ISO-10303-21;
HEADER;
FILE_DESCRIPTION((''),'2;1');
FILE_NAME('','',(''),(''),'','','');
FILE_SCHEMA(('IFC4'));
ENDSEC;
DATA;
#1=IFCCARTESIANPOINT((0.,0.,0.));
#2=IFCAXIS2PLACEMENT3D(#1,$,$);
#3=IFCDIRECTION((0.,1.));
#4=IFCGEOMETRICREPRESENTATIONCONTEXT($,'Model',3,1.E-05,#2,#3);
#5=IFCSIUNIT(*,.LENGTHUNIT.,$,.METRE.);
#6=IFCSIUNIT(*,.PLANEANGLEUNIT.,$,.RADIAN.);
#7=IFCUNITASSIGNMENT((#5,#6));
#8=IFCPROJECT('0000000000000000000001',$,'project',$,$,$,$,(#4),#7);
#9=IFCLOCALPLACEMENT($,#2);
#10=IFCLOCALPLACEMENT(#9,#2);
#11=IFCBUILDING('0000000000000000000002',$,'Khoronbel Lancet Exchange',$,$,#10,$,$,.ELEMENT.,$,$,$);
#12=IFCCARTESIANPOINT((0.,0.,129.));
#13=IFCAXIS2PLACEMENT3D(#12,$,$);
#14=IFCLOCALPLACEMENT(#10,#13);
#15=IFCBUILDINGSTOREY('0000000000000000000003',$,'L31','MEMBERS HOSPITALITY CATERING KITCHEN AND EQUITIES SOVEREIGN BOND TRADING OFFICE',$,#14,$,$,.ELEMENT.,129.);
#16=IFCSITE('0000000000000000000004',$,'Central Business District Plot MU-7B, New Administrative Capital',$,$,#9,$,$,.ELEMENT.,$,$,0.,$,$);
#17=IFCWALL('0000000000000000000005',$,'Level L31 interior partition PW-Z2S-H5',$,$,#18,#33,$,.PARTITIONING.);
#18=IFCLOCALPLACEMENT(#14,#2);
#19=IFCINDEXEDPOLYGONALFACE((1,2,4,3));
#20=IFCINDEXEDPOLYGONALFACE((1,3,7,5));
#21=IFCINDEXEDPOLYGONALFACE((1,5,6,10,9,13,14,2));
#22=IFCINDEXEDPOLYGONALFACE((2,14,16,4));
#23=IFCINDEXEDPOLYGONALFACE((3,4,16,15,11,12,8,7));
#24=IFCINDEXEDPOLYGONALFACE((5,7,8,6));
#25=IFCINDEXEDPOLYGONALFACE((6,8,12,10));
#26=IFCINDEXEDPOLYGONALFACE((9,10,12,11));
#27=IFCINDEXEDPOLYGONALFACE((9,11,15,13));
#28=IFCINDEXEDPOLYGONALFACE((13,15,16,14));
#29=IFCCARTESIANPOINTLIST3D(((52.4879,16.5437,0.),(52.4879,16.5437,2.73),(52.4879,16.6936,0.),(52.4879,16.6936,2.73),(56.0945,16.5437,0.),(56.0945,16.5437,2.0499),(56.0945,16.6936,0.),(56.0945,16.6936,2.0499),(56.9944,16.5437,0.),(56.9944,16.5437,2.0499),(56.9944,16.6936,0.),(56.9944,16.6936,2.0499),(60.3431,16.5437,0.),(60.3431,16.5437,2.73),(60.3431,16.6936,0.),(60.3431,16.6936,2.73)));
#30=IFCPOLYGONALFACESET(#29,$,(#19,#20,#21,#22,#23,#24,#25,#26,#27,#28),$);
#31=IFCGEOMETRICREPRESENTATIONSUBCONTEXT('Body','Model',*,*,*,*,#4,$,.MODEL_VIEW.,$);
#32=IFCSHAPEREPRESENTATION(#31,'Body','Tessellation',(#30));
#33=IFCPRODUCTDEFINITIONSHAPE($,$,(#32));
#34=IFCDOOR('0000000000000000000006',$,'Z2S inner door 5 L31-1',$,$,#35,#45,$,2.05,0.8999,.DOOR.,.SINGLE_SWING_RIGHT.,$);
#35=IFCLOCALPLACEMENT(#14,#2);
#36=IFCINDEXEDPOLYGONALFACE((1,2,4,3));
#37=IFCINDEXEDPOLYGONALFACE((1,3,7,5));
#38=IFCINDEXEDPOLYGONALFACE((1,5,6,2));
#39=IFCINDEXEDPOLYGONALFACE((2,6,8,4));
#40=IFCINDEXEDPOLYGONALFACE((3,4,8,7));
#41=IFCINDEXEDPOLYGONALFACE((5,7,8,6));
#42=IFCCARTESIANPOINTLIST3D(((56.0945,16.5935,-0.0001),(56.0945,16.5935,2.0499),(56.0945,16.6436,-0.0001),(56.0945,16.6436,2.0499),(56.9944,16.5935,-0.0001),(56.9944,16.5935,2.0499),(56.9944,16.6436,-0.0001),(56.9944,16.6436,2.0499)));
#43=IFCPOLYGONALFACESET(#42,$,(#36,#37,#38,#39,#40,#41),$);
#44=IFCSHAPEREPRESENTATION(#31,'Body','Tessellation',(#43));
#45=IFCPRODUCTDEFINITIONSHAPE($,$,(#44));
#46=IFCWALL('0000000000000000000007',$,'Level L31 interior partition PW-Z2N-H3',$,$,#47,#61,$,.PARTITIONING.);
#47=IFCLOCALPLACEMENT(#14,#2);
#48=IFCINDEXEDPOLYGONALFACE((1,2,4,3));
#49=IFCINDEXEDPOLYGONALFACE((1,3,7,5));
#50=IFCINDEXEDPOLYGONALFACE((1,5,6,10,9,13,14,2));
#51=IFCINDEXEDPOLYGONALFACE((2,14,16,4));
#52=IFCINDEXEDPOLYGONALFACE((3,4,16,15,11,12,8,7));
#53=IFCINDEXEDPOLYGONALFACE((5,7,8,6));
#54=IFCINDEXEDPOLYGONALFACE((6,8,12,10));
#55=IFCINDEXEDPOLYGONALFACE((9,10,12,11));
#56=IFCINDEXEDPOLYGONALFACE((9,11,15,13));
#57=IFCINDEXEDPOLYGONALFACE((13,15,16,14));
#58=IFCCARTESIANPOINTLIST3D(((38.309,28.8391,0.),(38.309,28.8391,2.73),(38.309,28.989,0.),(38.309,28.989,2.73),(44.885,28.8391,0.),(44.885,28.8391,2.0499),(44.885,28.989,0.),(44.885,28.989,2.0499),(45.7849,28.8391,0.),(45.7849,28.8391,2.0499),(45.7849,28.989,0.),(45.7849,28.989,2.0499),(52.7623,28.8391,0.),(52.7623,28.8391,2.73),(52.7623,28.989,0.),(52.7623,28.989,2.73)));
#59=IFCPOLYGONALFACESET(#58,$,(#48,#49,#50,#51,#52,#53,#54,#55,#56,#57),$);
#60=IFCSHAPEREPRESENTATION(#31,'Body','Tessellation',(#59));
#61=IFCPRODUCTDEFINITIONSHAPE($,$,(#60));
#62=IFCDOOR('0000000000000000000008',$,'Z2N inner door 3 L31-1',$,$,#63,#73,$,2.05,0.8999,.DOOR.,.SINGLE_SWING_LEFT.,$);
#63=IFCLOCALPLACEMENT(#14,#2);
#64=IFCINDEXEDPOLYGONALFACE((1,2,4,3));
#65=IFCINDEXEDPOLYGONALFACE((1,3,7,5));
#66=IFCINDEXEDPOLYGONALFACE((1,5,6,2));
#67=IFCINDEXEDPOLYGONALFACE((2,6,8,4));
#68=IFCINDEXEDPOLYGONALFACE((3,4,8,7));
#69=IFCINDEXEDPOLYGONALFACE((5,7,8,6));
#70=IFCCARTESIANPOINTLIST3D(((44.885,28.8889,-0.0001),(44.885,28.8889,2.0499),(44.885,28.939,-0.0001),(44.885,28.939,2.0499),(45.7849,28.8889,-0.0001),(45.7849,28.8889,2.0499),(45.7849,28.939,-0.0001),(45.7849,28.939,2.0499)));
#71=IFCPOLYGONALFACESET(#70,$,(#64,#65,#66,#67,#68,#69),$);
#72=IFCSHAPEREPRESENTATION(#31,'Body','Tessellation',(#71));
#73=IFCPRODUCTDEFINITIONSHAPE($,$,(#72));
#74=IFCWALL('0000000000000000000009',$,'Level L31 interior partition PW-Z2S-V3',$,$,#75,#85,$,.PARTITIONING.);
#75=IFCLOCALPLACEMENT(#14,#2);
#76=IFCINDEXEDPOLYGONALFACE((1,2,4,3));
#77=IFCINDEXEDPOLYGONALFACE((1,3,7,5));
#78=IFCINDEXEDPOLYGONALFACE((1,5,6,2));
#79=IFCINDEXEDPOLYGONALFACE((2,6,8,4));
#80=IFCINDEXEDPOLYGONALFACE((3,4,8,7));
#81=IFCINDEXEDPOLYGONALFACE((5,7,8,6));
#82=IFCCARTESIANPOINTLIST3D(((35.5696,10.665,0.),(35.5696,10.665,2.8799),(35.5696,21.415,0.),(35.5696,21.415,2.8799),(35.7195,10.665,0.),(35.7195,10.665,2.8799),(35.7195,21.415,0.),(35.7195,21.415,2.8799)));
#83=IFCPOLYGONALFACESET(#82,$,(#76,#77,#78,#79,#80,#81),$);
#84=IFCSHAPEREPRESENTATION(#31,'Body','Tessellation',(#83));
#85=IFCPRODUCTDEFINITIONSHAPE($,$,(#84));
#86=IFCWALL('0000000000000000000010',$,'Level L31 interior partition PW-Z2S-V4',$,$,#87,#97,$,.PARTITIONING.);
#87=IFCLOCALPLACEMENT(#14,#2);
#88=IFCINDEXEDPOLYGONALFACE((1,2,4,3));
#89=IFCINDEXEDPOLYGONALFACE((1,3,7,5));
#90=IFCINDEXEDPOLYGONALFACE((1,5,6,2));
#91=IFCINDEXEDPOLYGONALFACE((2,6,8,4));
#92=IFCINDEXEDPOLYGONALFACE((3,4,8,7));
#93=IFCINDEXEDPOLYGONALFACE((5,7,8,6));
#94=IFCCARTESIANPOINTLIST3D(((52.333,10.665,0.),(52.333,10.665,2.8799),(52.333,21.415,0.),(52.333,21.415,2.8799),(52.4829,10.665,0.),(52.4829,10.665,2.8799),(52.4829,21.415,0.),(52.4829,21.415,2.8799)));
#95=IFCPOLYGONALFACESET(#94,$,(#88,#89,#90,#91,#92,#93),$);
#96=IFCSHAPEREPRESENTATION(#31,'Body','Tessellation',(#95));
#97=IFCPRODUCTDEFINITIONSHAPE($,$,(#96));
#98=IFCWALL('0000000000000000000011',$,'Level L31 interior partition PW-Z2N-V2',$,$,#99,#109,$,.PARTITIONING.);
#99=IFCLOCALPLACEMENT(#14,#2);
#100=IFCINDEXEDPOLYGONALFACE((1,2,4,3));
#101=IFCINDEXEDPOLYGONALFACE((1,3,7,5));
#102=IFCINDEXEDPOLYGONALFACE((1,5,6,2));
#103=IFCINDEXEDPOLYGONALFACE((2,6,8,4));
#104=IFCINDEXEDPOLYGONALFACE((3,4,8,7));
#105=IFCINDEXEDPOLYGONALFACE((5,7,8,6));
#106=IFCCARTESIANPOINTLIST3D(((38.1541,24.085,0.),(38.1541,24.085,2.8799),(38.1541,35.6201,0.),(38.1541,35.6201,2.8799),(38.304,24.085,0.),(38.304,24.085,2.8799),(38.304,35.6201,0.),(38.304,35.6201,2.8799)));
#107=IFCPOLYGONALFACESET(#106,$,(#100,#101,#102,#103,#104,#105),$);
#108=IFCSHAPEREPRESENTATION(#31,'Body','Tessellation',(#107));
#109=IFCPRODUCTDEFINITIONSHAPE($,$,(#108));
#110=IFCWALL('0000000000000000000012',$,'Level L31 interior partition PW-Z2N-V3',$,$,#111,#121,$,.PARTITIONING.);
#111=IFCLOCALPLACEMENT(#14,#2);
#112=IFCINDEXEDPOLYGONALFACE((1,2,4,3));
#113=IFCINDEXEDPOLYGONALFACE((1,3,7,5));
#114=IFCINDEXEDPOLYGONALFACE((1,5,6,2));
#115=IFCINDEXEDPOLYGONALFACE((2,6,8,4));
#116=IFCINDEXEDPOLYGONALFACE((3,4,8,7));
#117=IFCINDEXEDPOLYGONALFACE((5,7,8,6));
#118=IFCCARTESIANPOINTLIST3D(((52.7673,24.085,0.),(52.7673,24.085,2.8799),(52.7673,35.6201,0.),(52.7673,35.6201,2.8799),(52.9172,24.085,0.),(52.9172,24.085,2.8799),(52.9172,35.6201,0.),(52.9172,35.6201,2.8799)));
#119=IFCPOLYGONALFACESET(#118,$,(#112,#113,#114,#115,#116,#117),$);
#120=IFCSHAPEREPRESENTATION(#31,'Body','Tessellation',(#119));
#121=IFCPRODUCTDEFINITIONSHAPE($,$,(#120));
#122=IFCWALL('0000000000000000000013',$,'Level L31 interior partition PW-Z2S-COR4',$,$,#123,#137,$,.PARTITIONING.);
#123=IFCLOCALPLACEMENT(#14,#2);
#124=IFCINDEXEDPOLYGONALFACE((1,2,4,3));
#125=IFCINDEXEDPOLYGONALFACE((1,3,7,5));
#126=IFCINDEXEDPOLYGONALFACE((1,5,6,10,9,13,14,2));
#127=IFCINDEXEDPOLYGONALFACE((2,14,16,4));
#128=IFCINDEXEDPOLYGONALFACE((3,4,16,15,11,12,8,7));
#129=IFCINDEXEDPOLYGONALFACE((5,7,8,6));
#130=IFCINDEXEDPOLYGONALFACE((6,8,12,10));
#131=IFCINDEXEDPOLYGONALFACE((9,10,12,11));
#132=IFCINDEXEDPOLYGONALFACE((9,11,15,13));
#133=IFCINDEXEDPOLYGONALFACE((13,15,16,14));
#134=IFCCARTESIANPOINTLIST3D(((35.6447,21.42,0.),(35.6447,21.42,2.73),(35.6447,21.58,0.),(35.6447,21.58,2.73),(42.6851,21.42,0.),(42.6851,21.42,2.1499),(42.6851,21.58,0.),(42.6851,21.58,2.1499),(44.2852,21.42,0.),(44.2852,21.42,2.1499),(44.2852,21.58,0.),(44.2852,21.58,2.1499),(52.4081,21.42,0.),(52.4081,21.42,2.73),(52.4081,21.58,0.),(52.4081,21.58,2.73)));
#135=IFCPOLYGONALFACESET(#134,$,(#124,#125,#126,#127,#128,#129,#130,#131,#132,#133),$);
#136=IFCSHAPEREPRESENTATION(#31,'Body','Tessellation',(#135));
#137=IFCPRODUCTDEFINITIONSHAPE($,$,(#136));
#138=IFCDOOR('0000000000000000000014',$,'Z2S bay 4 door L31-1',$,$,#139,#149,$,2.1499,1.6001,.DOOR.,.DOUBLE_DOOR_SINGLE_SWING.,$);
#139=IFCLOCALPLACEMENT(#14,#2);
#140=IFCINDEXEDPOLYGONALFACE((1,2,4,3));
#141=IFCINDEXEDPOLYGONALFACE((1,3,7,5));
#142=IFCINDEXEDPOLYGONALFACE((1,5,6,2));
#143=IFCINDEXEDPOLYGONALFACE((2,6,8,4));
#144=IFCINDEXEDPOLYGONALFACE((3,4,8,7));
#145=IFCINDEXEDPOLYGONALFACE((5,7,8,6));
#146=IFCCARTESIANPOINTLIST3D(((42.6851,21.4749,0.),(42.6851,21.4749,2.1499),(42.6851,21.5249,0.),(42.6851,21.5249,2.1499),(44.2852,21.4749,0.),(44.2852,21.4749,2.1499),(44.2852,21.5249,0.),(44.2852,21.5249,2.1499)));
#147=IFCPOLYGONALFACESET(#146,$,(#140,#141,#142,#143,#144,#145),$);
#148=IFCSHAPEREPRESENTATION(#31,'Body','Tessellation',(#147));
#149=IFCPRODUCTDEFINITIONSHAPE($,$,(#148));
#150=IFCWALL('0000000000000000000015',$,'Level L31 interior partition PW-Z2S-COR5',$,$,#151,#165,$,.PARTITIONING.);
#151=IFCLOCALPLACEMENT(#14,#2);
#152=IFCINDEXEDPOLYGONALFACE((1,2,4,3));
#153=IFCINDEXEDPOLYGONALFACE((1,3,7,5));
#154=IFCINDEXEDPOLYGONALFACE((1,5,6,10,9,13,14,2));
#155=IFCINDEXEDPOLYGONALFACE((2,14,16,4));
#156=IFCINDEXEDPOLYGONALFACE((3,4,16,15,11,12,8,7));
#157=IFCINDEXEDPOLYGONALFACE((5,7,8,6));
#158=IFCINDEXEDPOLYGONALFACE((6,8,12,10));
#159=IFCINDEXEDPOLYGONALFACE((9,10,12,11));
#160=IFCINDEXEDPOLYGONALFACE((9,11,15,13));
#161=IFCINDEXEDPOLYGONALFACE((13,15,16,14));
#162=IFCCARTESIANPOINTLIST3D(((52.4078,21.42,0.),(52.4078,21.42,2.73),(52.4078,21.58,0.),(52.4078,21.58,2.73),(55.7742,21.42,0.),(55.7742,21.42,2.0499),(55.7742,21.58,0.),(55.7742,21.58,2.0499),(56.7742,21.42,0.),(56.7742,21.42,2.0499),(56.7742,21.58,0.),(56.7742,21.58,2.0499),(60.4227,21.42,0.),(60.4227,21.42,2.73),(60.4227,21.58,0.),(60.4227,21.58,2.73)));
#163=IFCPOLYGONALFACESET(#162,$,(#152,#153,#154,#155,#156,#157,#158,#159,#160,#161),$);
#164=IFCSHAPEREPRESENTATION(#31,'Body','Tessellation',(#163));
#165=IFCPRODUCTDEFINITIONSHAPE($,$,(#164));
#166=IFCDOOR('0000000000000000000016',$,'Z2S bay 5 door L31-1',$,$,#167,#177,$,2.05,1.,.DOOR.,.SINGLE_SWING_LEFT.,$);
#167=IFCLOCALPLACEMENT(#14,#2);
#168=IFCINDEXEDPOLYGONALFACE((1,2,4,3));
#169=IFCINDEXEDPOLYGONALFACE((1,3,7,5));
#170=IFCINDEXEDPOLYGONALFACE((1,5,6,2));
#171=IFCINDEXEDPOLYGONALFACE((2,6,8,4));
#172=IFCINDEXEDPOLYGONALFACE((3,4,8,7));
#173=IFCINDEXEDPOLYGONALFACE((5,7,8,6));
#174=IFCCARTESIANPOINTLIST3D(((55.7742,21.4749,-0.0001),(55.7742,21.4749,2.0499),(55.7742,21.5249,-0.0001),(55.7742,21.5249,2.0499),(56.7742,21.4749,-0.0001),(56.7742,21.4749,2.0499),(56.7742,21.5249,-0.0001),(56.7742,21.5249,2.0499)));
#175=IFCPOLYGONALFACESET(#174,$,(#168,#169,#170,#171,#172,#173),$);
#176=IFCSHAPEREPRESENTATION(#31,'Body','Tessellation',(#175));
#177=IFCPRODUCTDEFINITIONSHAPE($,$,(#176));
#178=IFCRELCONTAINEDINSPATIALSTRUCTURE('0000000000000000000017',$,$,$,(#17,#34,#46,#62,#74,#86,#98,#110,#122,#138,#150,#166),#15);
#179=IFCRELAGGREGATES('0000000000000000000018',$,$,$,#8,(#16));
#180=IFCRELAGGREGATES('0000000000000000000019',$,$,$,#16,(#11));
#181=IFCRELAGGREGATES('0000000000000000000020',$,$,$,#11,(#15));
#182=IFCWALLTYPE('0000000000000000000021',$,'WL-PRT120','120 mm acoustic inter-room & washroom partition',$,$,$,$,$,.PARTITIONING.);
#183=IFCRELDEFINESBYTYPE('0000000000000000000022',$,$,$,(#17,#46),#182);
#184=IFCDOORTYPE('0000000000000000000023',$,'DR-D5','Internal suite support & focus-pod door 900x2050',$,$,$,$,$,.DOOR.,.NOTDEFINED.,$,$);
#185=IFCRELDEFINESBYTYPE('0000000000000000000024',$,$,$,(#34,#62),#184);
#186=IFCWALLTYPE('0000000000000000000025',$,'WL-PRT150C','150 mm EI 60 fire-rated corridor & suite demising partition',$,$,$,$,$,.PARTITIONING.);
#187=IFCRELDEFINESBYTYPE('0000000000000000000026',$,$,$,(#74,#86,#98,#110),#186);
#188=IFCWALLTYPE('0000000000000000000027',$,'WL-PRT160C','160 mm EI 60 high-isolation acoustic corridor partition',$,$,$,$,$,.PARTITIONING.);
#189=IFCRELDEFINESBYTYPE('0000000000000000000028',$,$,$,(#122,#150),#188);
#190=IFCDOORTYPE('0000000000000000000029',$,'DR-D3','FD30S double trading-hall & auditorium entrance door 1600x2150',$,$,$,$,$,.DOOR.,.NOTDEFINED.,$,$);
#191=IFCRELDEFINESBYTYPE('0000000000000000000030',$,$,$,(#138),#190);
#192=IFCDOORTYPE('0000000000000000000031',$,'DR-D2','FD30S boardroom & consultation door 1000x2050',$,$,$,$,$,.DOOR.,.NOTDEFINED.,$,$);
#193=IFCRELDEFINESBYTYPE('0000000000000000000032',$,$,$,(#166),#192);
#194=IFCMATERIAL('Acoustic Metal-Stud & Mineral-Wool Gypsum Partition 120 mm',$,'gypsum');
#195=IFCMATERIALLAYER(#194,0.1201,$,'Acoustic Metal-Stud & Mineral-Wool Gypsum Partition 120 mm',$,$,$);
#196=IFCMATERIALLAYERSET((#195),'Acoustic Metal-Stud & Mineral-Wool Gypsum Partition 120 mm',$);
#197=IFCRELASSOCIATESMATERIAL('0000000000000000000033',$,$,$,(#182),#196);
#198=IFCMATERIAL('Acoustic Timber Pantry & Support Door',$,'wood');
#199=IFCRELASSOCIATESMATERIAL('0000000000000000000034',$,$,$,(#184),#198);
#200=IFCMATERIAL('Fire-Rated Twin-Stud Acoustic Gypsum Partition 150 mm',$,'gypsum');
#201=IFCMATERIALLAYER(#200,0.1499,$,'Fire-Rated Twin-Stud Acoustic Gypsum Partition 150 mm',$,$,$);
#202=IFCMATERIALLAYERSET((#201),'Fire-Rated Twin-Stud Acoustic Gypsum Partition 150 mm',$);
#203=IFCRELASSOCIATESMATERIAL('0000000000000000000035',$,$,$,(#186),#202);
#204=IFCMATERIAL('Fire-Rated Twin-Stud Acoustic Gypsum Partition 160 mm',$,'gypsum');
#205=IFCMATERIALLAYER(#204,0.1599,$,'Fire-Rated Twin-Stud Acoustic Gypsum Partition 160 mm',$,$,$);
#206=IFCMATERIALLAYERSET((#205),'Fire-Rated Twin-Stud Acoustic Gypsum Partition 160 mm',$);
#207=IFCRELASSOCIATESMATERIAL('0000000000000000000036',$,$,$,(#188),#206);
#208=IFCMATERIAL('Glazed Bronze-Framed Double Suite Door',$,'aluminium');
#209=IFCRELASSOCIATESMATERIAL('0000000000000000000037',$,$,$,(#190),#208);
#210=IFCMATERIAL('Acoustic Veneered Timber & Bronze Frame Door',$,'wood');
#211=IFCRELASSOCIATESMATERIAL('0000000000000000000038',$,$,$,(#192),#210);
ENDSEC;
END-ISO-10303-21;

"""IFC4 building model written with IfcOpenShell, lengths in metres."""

from ifc_helpers import new_model, si_unit, direction, frame, frame_2d, origin, place, context, subcontext, project, spatial, rectangle, extrude, material, layer, layer_set, type_object, element, fill, save


model = new_model("IFC4")

# Units and contexts
model_context = context("Model", 3, precision=1e-05, world=origin(), true_north=direction((0.0, 1.0)))
body_context = subcontext(model_context, "Body", "Model", "MODEL_VIEW")
ifc_project = project(units=[si_unit("LENGTHUNIT", "METRE"), si_unit("PLANEANGLEUNIT", "RADIAN")], contexts=[model_context])

# Site, building, storey
site_placement = place(None, origin())
site = spatial("IfcSite", under=ifc_project, at=site_placement, Name="Central Business District Plot MU-7B, New Administrative Capital", CompositionType="ELEMENT", RefElevation=0.0)
building_placement = place(site_placement, origin())
building = spatial("IfcBuilding", under=site, at=building_placement, Name="Khoronbel Lancet Exchange", CompositionType="ELEMENT")
storey_placement = place(building_placement, frame((0.0, 0.0, 129.0)))
storey = spatial("IfcBuildingStorey", under=building, at=storey_placement, Name="L31", Description="MEMBERS HOSPITALITY CATERING KITCHEN AND EQUITIES SOVEREIGN BOND TRADING OFFICE", CompositionType="ELEMENT", Elevation=129.0)

# Walls, openings, doors
ifc_material_1 = material(Name="Acoustic Metal-Stud & Mineral-Wool Gypsum Partition 120 mm", Category="gypsum")
ifc_layer_1 = layer(ifc_material_1, 0.1201, Name="Acoustic Metal-Stud & Mineral-Wool Gypsum Partition 120 mm")
ifc_layer_set_1 = layer_set([ifc_layer_1], Name="Acoustic Metal-Stud & Mineral-Wool Gypsum Partition 120 mm")
wall_type_1 = type_object("IfcWallType", Name="WL-PRT120", Description="120 mm acoustic inter-room & washroom partition", PredefinedType="PARTITIONING", material=ifc_layer_set_1)
wall_1_placement = place(storey_placement, frame((52.4878, 16.6187, 0.0), z_axis=(0.0, 0.0, 1.0), x_axis=(1.0, 0.0, 0.0)))
wall_1 = element("IfcWall", 1, at=wall_1_placement, inside=storey, type_object=wall_type_1, Name="Level L31 interior partition PW-Z2S-H5", PredefinedType="PARTITIONING", context=body_context, shape_type="SweptSolid", body=[
    extrude(rectangle(XDim=7.8552, YDim=0.1499, at=frame_2d((3.9277, 0.0))), origin(), (0.0, 0.0, 1.0), 2.73),
])
opening_1_placement = place(wall_1_placement, frame((3.6067, 0.0, 0.0)))
opening_1 = element("IfcOpeningElement", 2, at=opening_1_placement, cuts=wall_1, PredefinedType="OPENING", context=body_context, shape_type="SweptSolid", body=[
    extrude(rectangle(XDim=0.8999, YDim=2.05, at=frame_2d((0.45, 1.0249))), frame((0.0, 0.085, 0.0), z_axis=(0.0, -1.0, 0.0), x_axis=(1.0, 0.0, 0.0)), (0.0, 0.0, 1.0), 0.1699),
])
ifc_material_2 = material(Name="Acoustic Timber Pantry & Support Door", Category="wood")
door_type_1 = type_object("IfcDoorType", Name="DR-D5", Description="Internal suite support & focus-pod door 900x2050", OperationType="NOTDEFINED", PredefinedType="DOOR", material=ifc_material_2)
door_1_placement = place(opening_1_placement, origin())
door_1 = element("IfcDoor", 3, at=door_1_placement, inside=storey, type_object=door_type_1, Name="Z2S inner door 5 L31-1", OperationType="SINGLE_SWING_RIGHT", OverallHeight=2.05, OverallWidth=0.8999, PredefinedType="DOOR", context=body_context, shape_type="SweptSolid", body=[
    extrude(rectangle(XDim=0.8999, YDim=2.05, at=frame_2d((0.45, 1.0249))), frame((0.0, 0.0249, 0.0), z_axis=(0.0, -1.0, 0.0), x_axis=(1.0, 0.0, 0.0)), (0.0, 0.0, 1.0), 0.05),
])
fill(opening_1, door_1)
wall_2_placement = place(storey_placement, frame((38.3091, 28.9141, 0.0), z_axis=(0.0, 0.0, 1.0), x_axis=(1.0, 0.0, 0.0)))
wall_2 = element("IfcWall", 4, at=wall_2_placement, inside=storey, type_object=wall_type_1, Name="Level L31 interior partition PW-Z2N-H3", PredefinedType="PARTITIONING", context=body_context, shape_type="SweptSolid", body=[
    extrude(rectangle(XDim=14.4534, YDim=0.1499, at=frame_2d((7.2266, 0.0))), origin(), (0.0, 0.0, 1.0), 2.73),
])
opening_2_placement = place(wall_2_placement, frame((6.5759, 0.0, 0.0)))
opening_2 = element("IfcOpeningElement", 5, at=opening_2_placement, cuts=wall_2, PredefinedType="OPENING", context=body_context, shape_type="SweptSolid", body=[
    extrude(rectangle(XDim=0.8999, YDim=2.05, at=frame_2d((0.45, 1.0249))), frame((0.0, 0.085, 0.0), z_axis=(0.0, -1.0, 0.0), x_axis=(1.0, 0.0, 0.0)), (0.0, 0.0, 1.0), 0.1699),
])
door_2_placement = place(opening_2_placement, origin())
door_2 = element("IfcDoor", 6, at=door_2_placement, inside=storey, type_object=door_type_1, Name="Z2N inner door 3 L31-1", OperationType="SINGLE_SWING_LEFT", OverallHeight=2.05, OverallWidth=0.8999, PredefinedType="DOOR", context=body_context, shape_type="SweptSolid", body=[
    extrude(rectangle(XDim=0.8999, YDim=2.05, at=frame_2d((0.45, 1.0249))), frame((0.0, 0.0249, 0.0), z_axis=(0.0, -1.0, 0.0), x_axis=(1.0, 0.0, 0.0)), (0.0, 0.0, 1.0), 0.05),
])
fill(opening_2, door_2)

# Walls
ifc_material_3 = material(Name="Fire-Rated Twin-Stud Acoustic Gypsum Partition 150 mm", Category="gypsum")
ifc_layer_2 = layer(ifc_material_3, 0.1499, Name="Fire-Rated Twin-Stud Acoustic Gypsum Partition 150 mm")
ifc_layer_set_2 = layer_set([ifc_layer_2], Name="Fire-Rated Twin-Stud Acoustic Gypsum Partition 150 mm")
wall_type_2 = type_object("IfcWallType", Name="WL-PRT150C", Description="150 mm EI 60 fire-rated corridor & suite demising partition", PredefinedType="PARTITIONING", material=ifc_layer_set_2)
for number, where, z_axis, x_axis, name in (
    (7, (35.6445, 10.665, 0.0), (0.0, 0.0, 1.0), (0.0, 1.0, 0.0), "Level L31 interior partition PW-Z2S-V3"),
    (8, (52.408, 10.665, 0.0), (0.0, 0.0, 1.0), (0.0, 1.0, 0.0), "Level L31 interior partition PW-Z2S-V4"),
):
    element("IfcWall", number, at=place(storey_placement, frame(where, z_axis=z_axis, x_axis=x_axis)), inside=storey, type_object=wall_type_2, Name=name, PredefinedType="PARTITIONING", context=body_context, shape_type="SweptSolid", body=[
        extrude(rectangle(XDim=10.75, YDim=0.1499, at=frame_2d((5.375, 0.0))), origin(), (0.0, 0.0, 1.0), 2.8799),
    ])
for number, where, z_axis, x_axis, name in (
    (9, (38.229, 24.085, 0.0), (0.0, 0.0, 1.0), (0.0, 1.0, 0.0), "Level L31 interior partition PW-Z2N-V2"),
    (10, (52.8423, 24.085, 0.0), (0.0, 0.0, 1.0), (0.0, 1.0, 0.0), "Level L31 interior partition PW-Z2N-V3"),
):
    element("IfcWall", number, at=place(storey_placement, frame(where, z_axis=z_axis, x_axis=x_axis)), inside=storey, type_object=wall_type_2, Name=name, PredefinedType="PARTITIONING", context=body_context, shape_type="SweptSolid", body=[
        extrude(rectangle(XDim=11.5352, YDim=0.1499, at=frame_2d((5.7676, 0.0))), origin(), (0.0, 0.0, 1.0), 2.8799),
    ])

# Walls, openings, doors
ifc_material_4 = material(Name="Fire-Rated Twin-Stud Acoustic Gypsum Partition 160 mm", Category="gypsum")
ifc_layer_3 = layer(ifc_material_4, 0.1599, Name="Fire-Rated Twin-Stud Acoustic Gypsum Partition 160 mm")
ifc_layer_set_3 = layer_set([ifc_layer_3], Name="Fire-Rated Twin-Stud Acoustic Gypsum Partition 160 mm")
wall_type_3 = type_object("IfcWallType", Name="WL-PRT160C", Description="160 mm EI 60 high-isolation acoustic corridor partition", PredefinedType="PARTITIONING", material=ifc_layer_set_3)
wall_3_placement = place(storey_placement, frame((35.6445, 21.5, 0.0), z_axis=(0.0, 0.0, 1.0), x_axis=(1.0, 0.0, 0.0)))
wall_3 = element("IfcWall", 11, at=wall_3_placement, inside=storey, type_object=wall_type_3, Name="Level L31 interior partition PW-Z2S-COR4", PredefinedType="PARTITIONING", context=body_context, shape_type="SweptSolid", body=[
    extrude(rectangle(XDim=16.7634, YDim=0.1599, at=frame_2d((8.3818, 0.0))), origin(), (0.0, 0.0, 1.0), 2.73),
])
opening_3_placement = place(wall_3_placement, frame((7.0405, 0.0, 0.0)))
opening_3 = element("IfcOpeningElement", 12, at=opening_3_placement, cuts=wall_3, PredefinedType="OPENING", context=body_context, shape_type="SweptSolid", body=[
    extrude(rectangle(XDim=1.6001, YDim=2.1499, at=frame_2d((0.8, 1.075))), frame((0.0, 0.0898, 0.0), z_axis=(0.0, -1.0, 0.0), x_axis=(1.0, 0.0, 0.0)), (0.0, 0.0, 1.0), 0.1799),
])
ifc_material_5 = material(Name="Glazed Bronze-Framed Double Suite Door", Category="aluminium")
door_type_2 = type_object("IfcDoorType", Name="DR-D3", Description="FD30S double trading-hall & auditorium entrance door 1600x2150", OperationType="NOTDEFINED", PredefinedType="DOOR", material=ifc_material_5)
door_3_placement = place(opening_3_placement, origin())
door_3 = element("IfcDoor", 13, at=door_3_placement, inside=storey, type_object=door_type_2, Name="Z2S bay 4 door L31-1", OperationType="DOUBLE_DOOR_SINGLE_SWING", OverallHeight=2.1499, OverallWidth=1.6001, PredefinedType="DOOR", context=body_context, shape_type="SweptSolid", body=[
    extrude(rectangle(XDim=1.6001, YDim=2.1499, at=frame_2d((0.8, 1.075))), frame((0.0, 0.0249, 0.0), z_axis=(0.0, -1.0, 0.0), x_axis=(1.0, 0.0, 0.0)), (0.0, 0.0, 1.0), 0.05),
])
fill(opening_3, door_3)
wall_4_placement = place(storey_placement, frame((52.408, 21.5, 0.0), z_axis=(0.0, 0.0, 1.0), x_axis=(1.0, 0.0, 0.0)))
wall_4 = element("IfcWall", 14, at=wall_4_placement, inside=storey, type_object=wall_type_3, Name="Level L31 interior partition PW-Z2S-COR5", PredefinedType="PARTITIONING", context=body_context, shape_type="SweptSolid", body=[
    extrude(rectangle(XDim=8.0149, YDim=0.1599, at=frame_2d((4.0073, 0.0))), origin(), (0.0, 0.0, 1.0), 2.73),
])
opening_4_placement = place(wall_4_placement, frame((3.3662, 0.0, 0.0)))
opening_4 = element("IfcOpeningElement", 15, at=opening_4_placement, cuts=wall_4, PredefinedType="OPENING", context=body_context, shape_type="SweptSolid", body=[
    extrude(rectangle(XDim=1.0, YDim=2.05, at=frame_2d((0.5, 1.0249))), frame((0.0, 0.0898, 0.0), z_axis=(0.0, -1.0, 0.0), x_axis=(1.0, 0.0, 0.0)), (0.0, 0.0, 1.0), 0.1799),
])
ifc_material_6 = material(Name="Acoustic Veneered Timber & Bronze Frame Door", Category="wood")
door_type_3 = type_object("IfcDoorType", Name="DR-D2", Description="FD30S boardroom & consultation door 1000x2050", OperationType="NOTDEFINED", PredefinedType="DOOR", material=ifc_material_6)
door_4_placement = place(opening_4_placement, origin())
door_4 = element("IfcDoor", 16, at=door_4_placement, inside=storey, type_object=door_type_3, Name="Z2S bay 5 door L31-1", OperationType="SINGLE_SWING_LEFT", OverallHeight=2.05, OverallWidth=1.0, PredefinedType="DOOR", context=body_context, shape_type="SweptSolid", body=[
    extrude(rectangle(XDim=1.0, YDim=2.05, at=frame_2d((0.5, 1.0249))), frame((0.0, 0.0249, 0.0), z_axis=(0.0, -1.0, 0.0), x_axis=(1.0, 0.0, 0.0)), (0.0, 0.0, 1.0), 0.05),
])
fill(opening_4, door_4)

save(model, "model.ifc")
